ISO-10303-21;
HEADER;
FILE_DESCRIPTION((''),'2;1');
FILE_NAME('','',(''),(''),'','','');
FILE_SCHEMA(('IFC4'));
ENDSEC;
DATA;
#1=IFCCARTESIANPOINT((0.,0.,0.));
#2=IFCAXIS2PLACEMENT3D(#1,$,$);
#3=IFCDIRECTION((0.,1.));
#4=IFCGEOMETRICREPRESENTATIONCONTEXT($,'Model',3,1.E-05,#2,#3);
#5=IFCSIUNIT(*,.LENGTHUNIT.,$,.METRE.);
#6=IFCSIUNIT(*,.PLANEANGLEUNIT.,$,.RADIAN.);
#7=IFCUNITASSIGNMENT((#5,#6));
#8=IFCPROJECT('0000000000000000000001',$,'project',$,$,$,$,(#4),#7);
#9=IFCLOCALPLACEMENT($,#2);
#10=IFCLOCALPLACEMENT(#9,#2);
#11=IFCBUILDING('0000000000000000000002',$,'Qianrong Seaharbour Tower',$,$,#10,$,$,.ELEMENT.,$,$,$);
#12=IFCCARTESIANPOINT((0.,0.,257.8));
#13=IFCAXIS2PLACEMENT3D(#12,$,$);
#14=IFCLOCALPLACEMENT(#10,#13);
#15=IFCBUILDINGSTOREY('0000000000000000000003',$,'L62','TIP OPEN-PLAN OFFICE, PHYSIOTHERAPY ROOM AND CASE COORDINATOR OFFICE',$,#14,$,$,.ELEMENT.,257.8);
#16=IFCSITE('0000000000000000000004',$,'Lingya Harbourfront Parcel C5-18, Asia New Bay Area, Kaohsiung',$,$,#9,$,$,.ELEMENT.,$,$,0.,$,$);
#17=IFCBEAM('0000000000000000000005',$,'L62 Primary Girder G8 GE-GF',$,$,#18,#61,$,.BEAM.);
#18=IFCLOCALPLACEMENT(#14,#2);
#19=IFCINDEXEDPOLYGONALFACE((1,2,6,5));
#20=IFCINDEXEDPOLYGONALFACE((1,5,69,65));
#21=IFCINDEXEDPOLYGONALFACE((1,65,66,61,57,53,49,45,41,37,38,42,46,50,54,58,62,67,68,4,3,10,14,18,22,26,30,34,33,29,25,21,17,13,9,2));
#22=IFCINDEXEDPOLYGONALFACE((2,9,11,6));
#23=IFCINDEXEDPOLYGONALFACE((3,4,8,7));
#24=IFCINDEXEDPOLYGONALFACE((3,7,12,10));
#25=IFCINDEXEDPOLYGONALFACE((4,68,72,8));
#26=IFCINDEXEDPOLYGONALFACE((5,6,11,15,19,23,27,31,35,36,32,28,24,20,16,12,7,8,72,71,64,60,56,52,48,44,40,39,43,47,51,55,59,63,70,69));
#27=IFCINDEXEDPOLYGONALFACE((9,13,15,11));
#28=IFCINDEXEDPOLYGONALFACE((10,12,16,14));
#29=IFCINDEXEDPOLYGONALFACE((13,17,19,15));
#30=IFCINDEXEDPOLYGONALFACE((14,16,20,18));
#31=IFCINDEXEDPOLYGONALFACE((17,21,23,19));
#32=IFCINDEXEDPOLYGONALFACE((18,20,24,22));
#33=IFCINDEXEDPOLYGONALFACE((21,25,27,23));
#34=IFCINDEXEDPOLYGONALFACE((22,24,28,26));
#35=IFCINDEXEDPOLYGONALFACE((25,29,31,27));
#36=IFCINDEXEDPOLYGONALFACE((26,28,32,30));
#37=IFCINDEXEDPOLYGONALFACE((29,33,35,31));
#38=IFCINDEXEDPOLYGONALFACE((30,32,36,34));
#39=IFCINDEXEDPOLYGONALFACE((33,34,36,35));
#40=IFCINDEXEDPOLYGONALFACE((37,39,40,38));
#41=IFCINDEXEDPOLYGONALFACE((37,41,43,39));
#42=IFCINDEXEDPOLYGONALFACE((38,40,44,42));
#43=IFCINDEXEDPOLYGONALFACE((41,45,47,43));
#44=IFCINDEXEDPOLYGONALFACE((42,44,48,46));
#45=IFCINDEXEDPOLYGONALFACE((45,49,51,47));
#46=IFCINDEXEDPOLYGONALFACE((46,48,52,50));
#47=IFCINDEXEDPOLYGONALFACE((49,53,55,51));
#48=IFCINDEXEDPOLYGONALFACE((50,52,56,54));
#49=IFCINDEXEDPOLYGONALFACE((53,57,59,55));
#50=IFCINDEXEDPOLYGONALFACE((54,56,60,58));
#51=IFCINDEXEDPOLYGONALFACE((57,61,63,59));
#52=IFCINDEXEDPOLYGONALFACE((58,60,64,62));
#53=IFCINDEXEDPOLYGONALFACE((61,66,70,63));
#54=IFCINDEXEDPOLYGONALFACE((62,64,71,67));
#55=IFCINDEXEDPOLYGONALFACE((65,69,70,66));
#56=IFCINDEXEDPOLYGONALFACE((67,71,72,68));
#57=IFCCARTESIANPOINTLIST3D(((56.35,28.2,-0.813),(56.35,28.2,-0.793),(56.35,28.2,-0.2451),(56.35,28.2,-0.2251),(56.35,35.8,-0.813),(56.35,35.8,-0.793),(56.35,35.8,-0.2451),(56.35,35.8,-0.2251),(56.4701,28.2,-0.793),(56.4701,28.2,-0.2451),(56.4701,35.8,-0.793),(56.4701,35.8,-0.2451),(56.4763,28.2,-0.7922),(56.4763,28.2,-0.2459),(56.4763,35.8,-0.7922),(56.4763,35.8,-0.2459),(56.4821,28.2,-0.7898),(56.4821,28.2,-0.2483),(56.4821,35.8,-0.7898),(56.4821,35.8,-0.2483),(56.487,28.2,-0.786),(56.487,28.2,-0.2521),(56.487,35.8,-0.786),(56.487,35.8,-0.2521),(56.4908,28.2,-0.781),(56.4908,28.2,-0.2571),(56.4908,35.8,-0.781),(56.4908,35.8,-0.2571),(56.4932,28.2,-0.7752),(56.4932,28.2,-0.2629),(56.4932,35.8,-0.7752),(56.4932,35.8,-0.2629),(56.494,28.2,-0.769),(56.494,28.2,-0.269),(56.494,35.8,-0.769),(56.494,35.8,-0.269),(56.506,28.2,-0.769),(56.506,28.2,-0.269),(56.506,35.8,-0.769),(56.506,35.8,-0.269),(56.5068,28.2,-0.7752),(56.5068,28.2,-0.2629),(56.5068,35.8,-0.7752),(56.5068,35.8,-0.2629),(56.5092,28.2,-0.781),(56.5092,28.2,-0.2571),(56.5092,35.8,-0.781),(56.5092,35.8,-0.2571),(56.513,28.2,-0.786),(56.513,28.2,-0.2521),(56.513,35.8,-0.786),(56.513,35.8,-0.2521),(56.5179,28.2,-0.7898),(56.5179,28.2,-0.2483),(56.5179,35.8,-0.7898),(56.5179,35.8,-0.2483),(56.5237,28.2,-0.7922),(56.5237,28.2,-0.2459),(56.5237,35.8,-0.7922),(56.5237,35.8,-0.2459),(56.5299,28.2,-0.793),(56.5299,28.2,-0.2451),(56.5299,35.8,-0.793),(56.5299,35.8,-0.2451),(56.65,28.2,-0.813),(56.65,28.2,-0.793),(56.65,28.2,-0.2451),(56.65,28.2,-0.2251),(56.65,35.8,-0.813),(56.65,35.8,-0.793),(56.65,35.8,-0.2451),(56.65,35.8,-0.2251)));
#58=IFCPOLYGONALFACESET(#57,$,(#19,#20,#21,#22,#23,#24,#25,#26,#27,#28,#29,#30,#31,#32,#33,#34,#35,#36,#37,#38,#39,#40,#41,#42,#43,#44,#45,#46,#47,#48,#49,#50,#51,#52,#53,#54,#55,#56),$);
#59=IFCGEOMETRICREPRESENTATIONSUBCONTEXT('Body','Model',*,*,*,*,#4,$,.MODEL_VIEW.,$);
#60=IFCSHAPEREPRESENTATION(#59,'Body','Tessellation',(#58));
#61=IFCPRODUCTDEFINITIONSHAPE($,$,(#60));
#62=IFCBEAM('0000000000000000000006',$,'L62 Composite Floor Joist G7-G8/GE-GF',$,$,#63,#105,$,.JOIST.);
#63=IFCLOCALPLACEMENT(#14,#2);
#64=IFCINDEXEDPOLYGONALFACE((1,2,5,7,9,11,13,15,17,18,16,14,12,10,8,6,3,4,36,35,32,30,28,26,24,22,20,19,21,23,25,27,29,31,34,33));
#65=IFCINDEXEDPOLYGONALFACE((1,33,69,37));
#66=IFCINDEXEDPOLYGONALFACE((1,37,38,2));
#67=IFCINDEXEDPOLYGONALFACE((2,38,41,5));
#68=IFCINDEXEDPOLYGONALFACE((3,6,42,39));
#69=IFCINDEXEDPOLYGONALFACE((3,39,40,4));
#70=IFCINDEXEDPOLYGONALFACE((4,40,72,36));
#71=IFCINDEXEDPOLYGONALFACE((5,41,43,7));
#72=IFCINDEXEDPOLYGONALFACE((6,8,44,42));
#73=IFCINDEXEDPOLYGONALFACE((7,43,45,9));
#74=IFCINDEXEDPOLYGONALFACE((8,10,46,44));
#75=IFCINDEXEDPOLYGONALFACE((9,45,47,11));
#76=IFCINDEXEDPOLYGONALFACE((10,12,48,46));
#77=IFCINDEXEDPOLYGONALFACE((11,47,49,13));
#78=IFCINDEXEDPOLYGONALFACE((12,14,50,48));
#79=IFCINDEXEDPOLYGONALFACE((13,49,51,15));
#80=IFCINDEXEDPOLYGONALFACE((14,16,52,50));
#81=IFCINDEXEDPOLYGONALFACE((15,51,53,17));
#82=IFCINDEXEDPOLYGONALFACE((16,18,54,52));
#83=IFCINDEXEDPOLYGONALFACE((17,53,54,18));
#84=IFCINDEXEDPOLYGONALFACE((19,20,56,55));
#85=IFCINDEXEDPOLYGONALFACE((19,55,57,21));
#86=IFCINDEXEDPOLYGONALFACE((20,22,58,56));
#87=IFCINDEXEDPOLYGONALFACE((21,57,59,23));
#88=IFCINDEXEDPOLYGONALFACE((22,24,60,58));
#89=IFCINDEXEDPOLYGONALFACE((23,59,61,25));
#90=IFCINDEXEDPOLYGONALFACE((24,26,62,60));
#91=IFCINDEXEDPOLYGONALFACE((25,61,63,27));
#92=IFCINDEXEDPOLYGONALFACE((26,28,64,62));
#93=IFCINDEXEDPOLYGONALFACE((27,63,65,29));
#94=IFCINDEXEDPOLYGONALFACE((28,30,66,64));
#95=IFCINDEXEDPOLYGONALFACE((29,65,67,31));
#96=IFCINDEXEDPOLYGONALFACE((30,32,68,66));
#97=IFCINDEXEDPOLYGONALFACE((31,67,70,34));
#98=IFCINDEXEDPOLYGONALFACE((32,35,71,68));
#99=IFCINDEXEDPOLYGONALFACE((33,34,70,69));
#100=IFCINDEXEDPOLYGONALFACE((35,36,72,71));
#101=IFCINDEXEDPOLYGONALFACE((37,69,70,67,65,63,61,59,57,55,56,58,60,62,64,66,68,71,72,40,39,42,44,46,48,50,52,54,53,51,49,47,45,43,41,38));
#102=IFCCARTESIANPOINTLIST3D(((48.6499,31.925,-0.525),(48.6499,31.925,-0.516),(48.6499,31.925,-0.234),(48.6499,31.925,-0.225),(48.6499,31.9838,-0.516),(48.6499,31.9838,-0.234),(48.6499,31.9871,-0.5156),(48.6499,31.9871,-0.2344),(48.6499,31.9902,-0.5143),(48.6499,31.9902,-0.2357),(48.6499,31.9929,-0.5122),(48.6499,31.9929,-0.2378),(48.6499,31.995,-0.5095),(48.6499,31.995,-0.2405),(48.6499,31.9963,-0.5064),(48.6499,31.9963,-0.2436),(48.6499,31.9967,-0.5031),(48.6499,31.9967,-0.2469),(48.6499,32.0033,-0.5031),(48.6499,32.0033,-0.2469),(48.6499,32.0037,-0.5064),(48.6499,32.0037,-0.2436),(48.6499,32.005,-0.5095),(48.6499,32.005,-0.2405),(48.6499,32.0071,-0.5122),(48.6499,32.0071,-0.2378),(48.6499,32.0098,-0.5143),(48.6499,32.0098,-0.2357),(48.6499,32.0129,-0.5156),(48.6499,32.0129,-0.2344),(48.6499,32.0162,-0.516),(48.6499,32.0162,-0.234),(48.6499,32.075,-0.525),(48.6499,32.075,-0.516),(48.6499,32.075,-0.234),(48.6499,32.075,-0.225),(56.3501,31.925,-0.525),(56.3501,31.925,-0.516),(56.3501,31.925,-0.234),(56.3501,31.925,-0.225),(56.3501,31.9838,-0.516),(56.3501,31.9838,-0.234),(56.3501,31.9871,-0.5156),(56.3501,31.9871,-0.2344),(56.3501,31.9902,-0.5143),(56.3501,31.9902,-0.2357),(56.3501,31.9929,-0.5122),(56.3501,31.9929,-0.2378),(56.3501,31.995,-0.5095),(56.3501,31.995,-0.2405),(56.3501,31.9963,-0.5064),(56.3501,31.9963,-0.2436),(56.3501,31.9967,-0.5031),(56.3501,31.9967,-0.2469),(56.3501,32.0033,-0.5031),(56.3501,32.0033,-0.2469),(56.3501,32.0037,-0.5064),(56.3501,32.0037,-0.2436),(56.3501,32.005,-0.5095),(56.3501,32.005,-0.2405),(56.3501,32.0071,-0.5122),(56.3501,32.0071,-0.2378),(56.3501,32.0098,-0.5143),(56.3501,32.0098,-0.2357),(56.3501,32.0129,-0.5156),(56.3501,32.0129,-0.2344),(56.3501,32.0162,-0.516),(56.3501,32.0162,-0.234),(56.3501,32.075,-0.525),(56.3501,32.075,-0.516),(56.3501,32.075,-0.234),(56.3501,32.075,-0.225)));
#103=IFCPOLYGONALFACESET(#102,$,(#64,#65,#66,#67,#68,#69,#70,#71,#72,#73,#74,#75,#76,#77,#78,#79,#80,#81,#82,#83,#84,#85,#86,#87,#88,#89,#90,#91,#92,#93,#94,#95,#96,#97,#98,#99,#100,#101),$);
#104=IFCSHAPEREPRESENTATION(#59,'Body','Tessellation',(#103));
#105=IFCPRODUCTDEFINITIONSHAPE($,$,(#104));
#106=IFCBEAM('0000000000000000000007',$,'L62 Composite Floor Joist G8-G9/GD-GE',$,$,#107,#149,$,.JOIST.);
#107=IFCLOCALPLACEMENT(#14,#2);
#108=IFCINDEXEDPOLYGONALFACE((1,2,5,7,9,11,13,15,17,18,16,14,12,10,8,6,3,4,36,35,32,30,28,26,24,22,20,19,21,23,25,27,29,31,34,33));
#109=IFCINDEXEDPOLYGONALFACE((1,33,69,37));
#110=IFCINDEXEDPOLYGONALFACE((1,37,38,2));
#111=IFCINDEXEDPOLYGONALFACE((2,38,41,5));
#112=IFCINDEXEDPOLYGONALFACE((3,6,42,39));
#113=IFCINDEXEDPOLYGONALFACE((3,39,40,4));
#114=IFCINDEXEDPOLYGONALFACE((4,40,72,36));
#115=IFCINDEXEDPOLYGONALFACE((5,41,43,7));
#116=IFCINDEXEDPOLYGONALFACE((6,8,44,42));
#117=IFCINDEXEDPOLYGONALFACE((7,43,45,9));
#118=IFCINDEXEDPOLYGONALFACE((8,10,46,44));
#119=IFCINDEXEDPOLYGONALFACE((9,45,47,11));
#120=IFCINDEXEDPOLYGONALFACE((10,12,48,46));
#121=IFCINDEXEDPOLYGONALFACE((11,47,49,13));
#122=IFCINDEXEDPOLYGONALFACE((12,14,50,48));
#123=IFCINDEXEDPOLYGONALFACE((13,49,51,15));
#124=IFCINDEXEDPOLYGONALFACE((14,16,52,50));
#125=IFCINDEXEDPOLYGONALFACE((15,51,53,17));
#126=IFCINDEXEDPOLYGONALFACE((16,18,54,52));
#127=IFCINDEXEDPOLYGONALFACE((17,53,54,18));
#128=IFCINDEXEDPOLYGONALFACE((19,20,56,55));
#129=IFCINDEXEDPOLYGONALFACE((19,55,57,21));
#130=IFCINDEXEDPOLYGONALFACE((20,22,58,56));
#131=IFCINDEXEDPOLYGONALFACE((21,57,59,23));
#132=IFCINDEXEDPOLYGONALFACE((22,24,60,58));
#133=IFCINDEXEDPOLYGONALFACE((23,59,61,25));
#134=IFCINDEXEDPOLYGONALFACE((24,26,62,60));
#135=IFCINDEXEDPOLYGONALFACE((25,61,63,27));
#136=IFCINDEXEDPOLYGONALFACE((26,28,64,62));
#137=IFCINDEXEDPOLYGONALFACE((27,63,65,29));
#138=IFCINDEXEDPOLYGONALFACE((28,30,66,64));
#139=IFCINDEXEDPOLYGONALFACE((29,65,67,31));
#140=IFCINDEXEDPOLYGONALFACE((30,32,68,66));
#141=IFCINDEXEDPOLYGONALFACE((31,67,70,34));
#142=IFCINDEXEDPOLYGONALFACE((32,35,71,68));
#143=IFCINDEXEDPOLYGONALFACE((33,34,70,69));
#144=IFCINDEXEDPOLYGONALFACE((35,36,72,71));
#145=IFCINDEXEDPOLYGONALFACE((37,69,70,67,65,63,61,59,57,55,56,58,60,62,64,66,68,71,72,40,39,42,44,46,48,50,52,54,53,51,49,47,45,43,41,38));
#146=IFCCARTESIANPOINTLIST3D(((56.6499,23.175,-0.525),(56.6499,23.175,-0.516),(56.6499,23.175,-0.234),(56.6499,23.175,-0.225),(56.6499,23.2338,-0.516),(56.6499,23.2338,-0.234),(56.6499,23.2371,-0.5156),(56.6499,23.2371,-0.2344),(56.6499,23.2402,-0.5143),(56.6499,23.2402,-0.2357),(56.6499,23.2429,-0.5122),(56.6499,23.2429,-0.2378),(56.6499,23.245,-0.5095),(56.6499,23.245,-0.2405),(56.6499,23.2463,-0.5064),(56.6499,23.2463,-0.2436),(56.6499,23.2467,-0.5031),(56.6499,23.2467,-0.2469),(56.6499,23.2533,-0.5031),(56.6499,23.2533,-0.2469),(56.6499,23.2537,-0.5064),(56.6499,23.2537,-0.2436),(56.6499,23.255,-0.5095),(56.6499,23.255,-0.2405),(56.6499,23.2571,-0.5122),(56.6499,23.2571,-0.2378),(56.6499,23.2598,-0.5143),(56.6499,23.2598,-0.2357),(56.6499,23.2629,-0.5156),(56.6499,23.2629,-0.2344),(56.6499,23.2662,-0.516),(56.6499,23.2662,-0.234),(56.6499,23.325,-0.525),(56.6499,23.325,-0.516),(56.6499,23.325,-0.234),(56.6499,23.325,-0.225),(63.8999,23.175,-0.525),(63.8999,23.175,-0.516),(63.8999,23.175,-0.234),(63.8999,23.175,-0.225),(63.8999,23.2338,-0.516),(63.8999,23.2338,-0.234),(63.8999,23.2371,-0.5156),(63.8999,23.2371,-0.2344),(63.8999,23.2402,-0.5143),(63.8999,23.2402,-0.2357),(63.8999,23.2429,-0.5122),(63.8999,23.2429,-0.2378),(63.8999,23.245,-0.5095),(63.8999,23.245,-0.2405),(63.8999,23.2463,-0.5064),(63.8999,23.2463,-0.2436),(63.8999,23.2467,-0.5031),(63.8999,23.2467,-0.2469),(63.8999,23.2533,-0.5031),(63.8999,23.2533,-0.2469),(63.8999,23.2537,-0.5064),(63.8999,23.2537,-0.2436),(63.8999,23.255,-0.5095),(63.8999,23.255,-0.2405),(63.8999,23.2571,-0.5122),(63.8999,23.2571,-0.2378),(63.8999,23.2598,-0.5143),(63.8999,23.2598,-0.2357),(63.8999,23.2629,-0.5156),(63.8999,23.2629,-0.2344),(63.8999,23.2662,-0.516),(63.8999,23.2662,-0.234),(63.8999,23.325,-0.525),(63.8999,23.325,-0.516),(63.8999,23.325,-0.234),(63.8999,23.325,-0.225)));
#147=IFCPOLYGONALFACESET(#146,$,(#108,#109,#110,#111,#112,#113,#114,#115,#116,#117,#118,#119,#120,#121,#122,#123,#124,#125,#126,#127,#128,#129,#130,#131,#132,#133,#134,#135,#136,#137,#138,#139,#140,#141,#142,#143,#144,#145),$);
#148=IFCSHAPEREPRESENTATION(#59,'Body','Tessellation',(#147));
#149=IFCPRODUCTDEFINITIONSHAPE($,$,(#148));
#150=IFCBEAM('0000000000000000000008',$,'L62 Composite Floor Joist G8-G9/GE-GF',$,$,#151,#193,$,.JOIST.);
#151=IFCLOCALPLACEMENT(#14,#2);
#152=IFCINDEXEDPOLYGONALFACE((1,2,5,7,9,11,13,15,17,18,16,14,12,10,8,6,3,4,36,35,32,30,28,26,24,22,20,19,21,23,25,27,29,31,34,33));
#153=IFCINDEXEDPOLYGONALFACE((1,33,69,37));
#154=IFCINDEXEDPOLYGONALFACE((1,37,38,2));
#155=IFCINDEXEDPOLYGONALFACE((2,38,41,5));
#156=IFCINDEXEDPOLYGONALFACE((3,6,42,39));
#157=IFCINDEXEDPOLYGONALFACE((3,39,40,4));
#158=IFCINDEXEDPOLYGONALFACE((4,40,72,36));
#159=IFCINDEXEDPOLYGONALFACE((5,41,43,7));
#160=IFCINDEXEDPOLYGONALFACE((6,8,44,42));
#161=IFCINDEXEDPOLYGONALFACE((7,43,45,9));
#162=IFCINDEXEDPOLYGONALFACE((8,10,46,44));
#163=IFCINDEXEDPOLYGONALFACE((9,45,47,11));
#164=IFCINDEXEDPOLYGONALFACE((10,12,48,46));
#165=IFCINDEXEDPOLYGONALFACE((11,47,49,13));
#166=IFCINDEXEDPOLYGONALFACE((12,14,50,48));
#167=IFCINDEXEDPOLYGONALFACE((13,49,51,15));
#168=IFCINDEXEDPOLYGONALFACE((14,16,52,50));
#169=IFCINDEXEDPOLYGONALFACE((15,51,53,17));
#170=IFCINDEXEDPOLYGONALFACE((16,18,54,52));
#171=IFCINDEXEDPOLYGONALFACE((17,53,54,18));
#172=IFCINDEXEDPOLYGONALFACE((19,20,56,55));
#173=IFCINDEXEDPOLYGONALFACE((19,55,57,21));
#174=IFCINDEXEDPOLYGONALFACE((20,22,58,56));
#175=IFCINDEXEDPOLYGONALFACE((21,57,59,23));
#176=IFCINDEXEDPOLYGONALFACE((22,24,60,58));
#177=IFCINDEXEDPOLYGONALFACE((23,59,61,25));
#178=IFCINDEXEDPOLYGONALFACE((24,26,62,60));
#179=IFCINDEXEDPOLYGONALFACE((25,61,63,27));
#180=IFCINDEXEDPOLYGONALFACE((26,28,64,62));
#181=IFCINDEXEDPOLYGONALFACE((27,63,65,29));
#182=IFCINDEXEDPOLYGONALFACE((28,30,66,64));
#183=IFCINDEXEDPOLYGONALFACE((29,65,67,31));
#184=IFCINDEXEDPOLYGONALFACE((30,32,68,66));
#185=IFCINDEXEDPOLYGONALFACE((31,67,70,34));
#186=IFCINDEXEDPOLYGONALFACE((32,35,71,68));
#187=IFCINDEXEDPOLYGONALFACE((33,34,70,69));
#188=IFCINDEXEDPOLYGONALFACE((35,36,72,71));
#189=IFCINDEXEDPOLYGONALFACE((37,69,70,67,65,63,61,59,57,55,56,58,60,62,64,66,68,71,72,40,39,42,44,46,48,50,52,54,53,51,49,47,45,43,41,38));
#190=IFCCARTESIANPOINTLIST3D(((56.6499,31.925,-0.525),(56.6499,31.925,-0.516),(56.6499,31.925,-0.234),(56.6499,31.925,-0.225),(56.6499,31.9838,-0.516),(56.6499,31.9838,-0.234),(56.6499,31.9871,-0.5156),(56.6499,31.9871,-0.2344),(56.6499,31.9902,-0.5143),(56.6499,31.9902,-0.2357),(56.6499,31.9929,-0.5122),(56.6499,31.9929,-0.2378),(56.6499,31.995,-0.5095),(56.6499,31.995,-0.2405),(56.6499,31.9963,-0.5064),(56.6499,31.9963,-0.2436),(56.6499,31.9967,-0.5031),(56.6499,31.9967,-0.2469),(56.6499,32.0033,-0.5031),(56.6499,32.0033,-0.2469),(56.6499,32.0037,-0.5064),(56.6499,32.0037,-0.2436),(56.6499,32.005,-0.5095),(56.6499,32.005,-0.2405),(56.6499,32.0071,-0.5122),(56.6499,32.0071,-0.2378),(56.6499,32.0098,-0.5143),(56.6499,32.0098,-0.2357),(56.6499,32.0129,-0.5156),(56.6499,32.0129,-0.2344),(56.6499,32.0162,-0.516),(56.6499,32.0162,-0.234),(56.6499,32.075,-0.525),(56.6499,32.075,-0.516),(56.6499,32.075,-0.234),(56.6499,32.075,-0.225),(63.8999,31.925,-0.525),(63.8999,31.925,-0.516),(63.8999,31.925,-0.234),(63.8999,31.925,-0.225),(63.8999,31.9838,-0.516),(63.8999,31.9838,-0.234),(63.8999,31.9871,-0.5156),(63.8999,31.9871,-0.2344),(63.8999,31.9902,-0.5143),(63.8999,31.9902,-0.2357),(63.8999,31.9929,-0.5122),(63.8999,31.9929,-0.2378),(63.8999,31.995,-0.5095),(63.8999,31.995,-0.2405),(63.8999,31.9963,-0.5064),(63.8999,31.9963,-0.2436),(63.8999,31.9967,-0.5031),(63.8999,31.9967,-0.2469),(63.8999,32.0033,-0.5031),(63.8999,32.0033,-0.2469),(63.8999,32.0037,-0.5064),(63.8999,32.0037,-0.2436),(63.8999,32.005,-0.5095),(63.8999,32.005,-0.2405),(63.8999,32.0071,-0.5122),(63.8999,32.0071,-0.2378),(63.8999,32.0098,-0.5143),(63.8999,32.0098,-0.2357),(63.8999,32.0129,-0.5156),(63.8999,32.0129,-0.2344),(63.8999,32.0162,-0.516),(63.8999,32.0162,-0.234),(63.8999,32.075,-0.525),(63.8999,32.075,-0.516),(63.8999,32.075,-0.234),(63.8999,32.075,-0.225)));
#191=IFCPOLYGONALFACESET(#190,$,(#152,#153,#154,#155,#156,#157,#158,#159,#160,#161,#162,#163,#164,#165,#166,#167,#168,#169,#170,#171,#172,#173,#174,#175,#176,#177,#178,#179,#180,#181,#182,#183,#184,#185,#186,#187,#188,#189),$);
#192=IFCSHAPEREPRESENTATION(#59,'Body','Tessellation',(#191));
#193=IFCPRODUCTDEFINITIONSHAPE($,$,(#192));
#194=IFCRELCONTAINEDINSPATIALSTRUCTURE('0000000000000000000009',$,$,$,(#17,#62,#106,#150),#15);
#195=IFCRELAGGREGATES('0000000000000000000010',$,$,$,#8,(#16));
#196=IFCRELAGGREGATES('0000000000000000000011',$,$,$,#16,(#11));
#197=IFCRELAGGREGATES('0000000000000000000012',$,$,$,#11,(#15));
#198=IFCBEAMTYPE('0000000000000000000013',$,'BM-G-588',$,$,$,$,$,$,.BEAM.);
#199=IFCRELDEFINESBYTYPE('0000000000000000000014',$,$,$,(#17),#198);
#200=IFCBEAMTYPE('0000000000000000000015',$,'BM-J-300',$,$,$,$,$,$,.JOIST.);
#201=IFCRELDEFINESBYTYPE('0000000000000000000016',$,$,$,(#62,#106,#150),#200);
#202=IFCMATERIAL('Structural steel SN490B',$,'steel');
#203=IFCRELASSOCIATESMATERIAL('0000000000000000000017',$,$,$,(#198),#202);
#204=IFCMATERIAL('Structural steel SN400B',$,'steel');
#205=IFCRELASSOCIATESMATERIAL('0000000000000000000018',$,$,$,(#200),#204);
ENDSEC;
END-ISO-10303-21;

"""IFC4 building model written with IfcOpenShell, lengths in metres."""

from ifc_helpers import new_model, si_unit, direction, frame, origin, origin_2d, place, context, subcontext, project, spatial, i_section, extrude, material, material_profile, profile_set, type_object, element, save


model = new_model("IFC4")

# Units and contexts
model_context = context("Model", 3, precision=1e-05, world=origin(), true_north=direction((0.0, 1.0)))
body_context = subcontext(model_context, "Body", "Model", "MODEL_VIEW")
ifc_project = project(units=[si_unit("LENGTHUNIT", "METRE"), si_unit("PLANEANGLEUNIT", "RADIAN")], contexts=[model_context])

# Site, building, storey
site_placement = place(None, origin())
site = spatial("IfcSite", under=ifc_project, at=site_placement, Name="Lingya Harbourfront Parcel C5-18, Asia New Bay Area, Kaohsiung", CompositionType="ELEMENT", RefElevation=0.0)
building_placement = place(site_placement, origin())
building = spatial("IfcBuilding", under=site, at=building_placement, Name="Qianrong Seaharbour Tower", CompositionType="ELEMENT")
storey_placement = place(building_placement, frame((0.0, 0.0, 257.8)))
storey = spatial("IfcBuildingStorey", under=building, at=storey_placement, Name="L62", Description="TIP OPEN-PLAN OFFICE, PHYSIOTHERAPY ROOM AND CASE COORDINATOR OFFICE", CompositionType="ELEMENT", Elevation=257.8)

# Shared definitions
ifc_material_1 = material(Name="Structural steel SN490B", Category="steel")

# Beams
ifc_material_profile_1 = material_profile(ifc_material_1, i_section(OverallWidth=0.3, OverallDepth=0.5879, WebThickness=0.012, FlangeThickness=0.02, FilletRadius=0.0239, at=origin_2d()), Name="H588x300x12x20")
ifc_profile_set_1 = profile_set([ifc_material_profile_1], Name="Structural steel SN490B")
beam_type_1 = type_object("IfcBeamType", Name="BM-G-588", PredefinedType="BEAM", material=ifc_profile_set_1)
for number, where, z_axis, x_axis, name in (
    (1, (56.5, 28.2, -0.519), (0.0, 1.0, 0.0), (-1.0, 0.0, 0.0), "L62 Primary Girder G8 GE-GF"),
):
    element("IfcBeam", number, at=place(storey_placement, frame(where, z_axis=z_axis, x_axis=x_axis)), inside=storey, type_object=beam_type_1, Name=name, PredefinedType="BEAM", context=body_context, shape_type="SweptSolid", body=[
        extrude(i_section(OverallWidth=0.3, OverallDepth=0.5879, WebThickness=0.012, FlangeThickness=0.02, FilletRadius=0.0239, at=origin_2d()), origin(), (0.0, 0.0, 1.0), 7.6001),
    ])
ifc_material_2 = material(Name="Structural steel SN400B", Category="steel")
ifc_material_profile_2 = material_profile(ifc_material_2, i_section(OverallWidth=0.1499, OverallDepth=0.3, WebThickness=0.0066, FlangeThickness=0.009, FilletRadius=0.0129, at=origin_2d()), Name="H300x150x6.5x9")
ifc_profile_set_2 = profile_set([ifc_material_profile_2], Name="Structural steel SN400B")
beam_type_2 = type_object("IfcBeamType", Name="BM-J-300", PredefinedType="JOIST", material=ifc_profile_set_2)
beam_1_placement = place(storey_placement, frame((48.6499, 32.0, -0.375), z_axis=(1.0, 0.0, 0.0), x_axis=(0.0, 1.0, 0.0)))
element("IfcBeam", 2, at=beam_1_placement, inside=storey, type_object=beam_type_2, Name="L62 Composite Floor Joist G7-G8/GE-GF", PredefinedType="JOIST", context=body_context, shape_type="SweptSolid", body=[
    extrude(i_section(OverallWidth=0.1499, OverallDepth=0.3, WebThickness=0.0066, FlangeThickness=0.009, FilletRadius=0.0129, at=origin_2d()), origin(), (0.0, 0.0, 1.0), 7.7002),
])
for number, where, z_axis, x_axis, name in (
    (3, (56.6499, 23.25, -0.375), (1.0, 0.0, 0.0), (0.0, 1.0, 0.0), "L62 Composite Floor Joist G8-G9/GD-GE"),
    (4, (56.6499, 32.0, -0.375), (1.0, 0.0, 0.0), (0.0, 1.0, 0.0), "L62 Composite Floor Joist G8-G9/GE-GF"),
):
    element("IfcBeam", number, at=place(storey_placement, frame(where, z_axis=z_axis, x_axis=x_axis)), inside=storey, type_object=beam_type_2, Name=name, PredefinedType="JOIST", context=body_context, shape_type="SweptSolid", body=[
        extrude(i_section(OverallWidth=0.1499, OverallDepth=0.3, WebThickness=0.0066, FlangeThickness=0.009, FilletRadius=0.0129, at=origin_2d()), origin(), (0.0, 0.0, 1.0), 7.25),
    ])

save(model, "model.ifc")
